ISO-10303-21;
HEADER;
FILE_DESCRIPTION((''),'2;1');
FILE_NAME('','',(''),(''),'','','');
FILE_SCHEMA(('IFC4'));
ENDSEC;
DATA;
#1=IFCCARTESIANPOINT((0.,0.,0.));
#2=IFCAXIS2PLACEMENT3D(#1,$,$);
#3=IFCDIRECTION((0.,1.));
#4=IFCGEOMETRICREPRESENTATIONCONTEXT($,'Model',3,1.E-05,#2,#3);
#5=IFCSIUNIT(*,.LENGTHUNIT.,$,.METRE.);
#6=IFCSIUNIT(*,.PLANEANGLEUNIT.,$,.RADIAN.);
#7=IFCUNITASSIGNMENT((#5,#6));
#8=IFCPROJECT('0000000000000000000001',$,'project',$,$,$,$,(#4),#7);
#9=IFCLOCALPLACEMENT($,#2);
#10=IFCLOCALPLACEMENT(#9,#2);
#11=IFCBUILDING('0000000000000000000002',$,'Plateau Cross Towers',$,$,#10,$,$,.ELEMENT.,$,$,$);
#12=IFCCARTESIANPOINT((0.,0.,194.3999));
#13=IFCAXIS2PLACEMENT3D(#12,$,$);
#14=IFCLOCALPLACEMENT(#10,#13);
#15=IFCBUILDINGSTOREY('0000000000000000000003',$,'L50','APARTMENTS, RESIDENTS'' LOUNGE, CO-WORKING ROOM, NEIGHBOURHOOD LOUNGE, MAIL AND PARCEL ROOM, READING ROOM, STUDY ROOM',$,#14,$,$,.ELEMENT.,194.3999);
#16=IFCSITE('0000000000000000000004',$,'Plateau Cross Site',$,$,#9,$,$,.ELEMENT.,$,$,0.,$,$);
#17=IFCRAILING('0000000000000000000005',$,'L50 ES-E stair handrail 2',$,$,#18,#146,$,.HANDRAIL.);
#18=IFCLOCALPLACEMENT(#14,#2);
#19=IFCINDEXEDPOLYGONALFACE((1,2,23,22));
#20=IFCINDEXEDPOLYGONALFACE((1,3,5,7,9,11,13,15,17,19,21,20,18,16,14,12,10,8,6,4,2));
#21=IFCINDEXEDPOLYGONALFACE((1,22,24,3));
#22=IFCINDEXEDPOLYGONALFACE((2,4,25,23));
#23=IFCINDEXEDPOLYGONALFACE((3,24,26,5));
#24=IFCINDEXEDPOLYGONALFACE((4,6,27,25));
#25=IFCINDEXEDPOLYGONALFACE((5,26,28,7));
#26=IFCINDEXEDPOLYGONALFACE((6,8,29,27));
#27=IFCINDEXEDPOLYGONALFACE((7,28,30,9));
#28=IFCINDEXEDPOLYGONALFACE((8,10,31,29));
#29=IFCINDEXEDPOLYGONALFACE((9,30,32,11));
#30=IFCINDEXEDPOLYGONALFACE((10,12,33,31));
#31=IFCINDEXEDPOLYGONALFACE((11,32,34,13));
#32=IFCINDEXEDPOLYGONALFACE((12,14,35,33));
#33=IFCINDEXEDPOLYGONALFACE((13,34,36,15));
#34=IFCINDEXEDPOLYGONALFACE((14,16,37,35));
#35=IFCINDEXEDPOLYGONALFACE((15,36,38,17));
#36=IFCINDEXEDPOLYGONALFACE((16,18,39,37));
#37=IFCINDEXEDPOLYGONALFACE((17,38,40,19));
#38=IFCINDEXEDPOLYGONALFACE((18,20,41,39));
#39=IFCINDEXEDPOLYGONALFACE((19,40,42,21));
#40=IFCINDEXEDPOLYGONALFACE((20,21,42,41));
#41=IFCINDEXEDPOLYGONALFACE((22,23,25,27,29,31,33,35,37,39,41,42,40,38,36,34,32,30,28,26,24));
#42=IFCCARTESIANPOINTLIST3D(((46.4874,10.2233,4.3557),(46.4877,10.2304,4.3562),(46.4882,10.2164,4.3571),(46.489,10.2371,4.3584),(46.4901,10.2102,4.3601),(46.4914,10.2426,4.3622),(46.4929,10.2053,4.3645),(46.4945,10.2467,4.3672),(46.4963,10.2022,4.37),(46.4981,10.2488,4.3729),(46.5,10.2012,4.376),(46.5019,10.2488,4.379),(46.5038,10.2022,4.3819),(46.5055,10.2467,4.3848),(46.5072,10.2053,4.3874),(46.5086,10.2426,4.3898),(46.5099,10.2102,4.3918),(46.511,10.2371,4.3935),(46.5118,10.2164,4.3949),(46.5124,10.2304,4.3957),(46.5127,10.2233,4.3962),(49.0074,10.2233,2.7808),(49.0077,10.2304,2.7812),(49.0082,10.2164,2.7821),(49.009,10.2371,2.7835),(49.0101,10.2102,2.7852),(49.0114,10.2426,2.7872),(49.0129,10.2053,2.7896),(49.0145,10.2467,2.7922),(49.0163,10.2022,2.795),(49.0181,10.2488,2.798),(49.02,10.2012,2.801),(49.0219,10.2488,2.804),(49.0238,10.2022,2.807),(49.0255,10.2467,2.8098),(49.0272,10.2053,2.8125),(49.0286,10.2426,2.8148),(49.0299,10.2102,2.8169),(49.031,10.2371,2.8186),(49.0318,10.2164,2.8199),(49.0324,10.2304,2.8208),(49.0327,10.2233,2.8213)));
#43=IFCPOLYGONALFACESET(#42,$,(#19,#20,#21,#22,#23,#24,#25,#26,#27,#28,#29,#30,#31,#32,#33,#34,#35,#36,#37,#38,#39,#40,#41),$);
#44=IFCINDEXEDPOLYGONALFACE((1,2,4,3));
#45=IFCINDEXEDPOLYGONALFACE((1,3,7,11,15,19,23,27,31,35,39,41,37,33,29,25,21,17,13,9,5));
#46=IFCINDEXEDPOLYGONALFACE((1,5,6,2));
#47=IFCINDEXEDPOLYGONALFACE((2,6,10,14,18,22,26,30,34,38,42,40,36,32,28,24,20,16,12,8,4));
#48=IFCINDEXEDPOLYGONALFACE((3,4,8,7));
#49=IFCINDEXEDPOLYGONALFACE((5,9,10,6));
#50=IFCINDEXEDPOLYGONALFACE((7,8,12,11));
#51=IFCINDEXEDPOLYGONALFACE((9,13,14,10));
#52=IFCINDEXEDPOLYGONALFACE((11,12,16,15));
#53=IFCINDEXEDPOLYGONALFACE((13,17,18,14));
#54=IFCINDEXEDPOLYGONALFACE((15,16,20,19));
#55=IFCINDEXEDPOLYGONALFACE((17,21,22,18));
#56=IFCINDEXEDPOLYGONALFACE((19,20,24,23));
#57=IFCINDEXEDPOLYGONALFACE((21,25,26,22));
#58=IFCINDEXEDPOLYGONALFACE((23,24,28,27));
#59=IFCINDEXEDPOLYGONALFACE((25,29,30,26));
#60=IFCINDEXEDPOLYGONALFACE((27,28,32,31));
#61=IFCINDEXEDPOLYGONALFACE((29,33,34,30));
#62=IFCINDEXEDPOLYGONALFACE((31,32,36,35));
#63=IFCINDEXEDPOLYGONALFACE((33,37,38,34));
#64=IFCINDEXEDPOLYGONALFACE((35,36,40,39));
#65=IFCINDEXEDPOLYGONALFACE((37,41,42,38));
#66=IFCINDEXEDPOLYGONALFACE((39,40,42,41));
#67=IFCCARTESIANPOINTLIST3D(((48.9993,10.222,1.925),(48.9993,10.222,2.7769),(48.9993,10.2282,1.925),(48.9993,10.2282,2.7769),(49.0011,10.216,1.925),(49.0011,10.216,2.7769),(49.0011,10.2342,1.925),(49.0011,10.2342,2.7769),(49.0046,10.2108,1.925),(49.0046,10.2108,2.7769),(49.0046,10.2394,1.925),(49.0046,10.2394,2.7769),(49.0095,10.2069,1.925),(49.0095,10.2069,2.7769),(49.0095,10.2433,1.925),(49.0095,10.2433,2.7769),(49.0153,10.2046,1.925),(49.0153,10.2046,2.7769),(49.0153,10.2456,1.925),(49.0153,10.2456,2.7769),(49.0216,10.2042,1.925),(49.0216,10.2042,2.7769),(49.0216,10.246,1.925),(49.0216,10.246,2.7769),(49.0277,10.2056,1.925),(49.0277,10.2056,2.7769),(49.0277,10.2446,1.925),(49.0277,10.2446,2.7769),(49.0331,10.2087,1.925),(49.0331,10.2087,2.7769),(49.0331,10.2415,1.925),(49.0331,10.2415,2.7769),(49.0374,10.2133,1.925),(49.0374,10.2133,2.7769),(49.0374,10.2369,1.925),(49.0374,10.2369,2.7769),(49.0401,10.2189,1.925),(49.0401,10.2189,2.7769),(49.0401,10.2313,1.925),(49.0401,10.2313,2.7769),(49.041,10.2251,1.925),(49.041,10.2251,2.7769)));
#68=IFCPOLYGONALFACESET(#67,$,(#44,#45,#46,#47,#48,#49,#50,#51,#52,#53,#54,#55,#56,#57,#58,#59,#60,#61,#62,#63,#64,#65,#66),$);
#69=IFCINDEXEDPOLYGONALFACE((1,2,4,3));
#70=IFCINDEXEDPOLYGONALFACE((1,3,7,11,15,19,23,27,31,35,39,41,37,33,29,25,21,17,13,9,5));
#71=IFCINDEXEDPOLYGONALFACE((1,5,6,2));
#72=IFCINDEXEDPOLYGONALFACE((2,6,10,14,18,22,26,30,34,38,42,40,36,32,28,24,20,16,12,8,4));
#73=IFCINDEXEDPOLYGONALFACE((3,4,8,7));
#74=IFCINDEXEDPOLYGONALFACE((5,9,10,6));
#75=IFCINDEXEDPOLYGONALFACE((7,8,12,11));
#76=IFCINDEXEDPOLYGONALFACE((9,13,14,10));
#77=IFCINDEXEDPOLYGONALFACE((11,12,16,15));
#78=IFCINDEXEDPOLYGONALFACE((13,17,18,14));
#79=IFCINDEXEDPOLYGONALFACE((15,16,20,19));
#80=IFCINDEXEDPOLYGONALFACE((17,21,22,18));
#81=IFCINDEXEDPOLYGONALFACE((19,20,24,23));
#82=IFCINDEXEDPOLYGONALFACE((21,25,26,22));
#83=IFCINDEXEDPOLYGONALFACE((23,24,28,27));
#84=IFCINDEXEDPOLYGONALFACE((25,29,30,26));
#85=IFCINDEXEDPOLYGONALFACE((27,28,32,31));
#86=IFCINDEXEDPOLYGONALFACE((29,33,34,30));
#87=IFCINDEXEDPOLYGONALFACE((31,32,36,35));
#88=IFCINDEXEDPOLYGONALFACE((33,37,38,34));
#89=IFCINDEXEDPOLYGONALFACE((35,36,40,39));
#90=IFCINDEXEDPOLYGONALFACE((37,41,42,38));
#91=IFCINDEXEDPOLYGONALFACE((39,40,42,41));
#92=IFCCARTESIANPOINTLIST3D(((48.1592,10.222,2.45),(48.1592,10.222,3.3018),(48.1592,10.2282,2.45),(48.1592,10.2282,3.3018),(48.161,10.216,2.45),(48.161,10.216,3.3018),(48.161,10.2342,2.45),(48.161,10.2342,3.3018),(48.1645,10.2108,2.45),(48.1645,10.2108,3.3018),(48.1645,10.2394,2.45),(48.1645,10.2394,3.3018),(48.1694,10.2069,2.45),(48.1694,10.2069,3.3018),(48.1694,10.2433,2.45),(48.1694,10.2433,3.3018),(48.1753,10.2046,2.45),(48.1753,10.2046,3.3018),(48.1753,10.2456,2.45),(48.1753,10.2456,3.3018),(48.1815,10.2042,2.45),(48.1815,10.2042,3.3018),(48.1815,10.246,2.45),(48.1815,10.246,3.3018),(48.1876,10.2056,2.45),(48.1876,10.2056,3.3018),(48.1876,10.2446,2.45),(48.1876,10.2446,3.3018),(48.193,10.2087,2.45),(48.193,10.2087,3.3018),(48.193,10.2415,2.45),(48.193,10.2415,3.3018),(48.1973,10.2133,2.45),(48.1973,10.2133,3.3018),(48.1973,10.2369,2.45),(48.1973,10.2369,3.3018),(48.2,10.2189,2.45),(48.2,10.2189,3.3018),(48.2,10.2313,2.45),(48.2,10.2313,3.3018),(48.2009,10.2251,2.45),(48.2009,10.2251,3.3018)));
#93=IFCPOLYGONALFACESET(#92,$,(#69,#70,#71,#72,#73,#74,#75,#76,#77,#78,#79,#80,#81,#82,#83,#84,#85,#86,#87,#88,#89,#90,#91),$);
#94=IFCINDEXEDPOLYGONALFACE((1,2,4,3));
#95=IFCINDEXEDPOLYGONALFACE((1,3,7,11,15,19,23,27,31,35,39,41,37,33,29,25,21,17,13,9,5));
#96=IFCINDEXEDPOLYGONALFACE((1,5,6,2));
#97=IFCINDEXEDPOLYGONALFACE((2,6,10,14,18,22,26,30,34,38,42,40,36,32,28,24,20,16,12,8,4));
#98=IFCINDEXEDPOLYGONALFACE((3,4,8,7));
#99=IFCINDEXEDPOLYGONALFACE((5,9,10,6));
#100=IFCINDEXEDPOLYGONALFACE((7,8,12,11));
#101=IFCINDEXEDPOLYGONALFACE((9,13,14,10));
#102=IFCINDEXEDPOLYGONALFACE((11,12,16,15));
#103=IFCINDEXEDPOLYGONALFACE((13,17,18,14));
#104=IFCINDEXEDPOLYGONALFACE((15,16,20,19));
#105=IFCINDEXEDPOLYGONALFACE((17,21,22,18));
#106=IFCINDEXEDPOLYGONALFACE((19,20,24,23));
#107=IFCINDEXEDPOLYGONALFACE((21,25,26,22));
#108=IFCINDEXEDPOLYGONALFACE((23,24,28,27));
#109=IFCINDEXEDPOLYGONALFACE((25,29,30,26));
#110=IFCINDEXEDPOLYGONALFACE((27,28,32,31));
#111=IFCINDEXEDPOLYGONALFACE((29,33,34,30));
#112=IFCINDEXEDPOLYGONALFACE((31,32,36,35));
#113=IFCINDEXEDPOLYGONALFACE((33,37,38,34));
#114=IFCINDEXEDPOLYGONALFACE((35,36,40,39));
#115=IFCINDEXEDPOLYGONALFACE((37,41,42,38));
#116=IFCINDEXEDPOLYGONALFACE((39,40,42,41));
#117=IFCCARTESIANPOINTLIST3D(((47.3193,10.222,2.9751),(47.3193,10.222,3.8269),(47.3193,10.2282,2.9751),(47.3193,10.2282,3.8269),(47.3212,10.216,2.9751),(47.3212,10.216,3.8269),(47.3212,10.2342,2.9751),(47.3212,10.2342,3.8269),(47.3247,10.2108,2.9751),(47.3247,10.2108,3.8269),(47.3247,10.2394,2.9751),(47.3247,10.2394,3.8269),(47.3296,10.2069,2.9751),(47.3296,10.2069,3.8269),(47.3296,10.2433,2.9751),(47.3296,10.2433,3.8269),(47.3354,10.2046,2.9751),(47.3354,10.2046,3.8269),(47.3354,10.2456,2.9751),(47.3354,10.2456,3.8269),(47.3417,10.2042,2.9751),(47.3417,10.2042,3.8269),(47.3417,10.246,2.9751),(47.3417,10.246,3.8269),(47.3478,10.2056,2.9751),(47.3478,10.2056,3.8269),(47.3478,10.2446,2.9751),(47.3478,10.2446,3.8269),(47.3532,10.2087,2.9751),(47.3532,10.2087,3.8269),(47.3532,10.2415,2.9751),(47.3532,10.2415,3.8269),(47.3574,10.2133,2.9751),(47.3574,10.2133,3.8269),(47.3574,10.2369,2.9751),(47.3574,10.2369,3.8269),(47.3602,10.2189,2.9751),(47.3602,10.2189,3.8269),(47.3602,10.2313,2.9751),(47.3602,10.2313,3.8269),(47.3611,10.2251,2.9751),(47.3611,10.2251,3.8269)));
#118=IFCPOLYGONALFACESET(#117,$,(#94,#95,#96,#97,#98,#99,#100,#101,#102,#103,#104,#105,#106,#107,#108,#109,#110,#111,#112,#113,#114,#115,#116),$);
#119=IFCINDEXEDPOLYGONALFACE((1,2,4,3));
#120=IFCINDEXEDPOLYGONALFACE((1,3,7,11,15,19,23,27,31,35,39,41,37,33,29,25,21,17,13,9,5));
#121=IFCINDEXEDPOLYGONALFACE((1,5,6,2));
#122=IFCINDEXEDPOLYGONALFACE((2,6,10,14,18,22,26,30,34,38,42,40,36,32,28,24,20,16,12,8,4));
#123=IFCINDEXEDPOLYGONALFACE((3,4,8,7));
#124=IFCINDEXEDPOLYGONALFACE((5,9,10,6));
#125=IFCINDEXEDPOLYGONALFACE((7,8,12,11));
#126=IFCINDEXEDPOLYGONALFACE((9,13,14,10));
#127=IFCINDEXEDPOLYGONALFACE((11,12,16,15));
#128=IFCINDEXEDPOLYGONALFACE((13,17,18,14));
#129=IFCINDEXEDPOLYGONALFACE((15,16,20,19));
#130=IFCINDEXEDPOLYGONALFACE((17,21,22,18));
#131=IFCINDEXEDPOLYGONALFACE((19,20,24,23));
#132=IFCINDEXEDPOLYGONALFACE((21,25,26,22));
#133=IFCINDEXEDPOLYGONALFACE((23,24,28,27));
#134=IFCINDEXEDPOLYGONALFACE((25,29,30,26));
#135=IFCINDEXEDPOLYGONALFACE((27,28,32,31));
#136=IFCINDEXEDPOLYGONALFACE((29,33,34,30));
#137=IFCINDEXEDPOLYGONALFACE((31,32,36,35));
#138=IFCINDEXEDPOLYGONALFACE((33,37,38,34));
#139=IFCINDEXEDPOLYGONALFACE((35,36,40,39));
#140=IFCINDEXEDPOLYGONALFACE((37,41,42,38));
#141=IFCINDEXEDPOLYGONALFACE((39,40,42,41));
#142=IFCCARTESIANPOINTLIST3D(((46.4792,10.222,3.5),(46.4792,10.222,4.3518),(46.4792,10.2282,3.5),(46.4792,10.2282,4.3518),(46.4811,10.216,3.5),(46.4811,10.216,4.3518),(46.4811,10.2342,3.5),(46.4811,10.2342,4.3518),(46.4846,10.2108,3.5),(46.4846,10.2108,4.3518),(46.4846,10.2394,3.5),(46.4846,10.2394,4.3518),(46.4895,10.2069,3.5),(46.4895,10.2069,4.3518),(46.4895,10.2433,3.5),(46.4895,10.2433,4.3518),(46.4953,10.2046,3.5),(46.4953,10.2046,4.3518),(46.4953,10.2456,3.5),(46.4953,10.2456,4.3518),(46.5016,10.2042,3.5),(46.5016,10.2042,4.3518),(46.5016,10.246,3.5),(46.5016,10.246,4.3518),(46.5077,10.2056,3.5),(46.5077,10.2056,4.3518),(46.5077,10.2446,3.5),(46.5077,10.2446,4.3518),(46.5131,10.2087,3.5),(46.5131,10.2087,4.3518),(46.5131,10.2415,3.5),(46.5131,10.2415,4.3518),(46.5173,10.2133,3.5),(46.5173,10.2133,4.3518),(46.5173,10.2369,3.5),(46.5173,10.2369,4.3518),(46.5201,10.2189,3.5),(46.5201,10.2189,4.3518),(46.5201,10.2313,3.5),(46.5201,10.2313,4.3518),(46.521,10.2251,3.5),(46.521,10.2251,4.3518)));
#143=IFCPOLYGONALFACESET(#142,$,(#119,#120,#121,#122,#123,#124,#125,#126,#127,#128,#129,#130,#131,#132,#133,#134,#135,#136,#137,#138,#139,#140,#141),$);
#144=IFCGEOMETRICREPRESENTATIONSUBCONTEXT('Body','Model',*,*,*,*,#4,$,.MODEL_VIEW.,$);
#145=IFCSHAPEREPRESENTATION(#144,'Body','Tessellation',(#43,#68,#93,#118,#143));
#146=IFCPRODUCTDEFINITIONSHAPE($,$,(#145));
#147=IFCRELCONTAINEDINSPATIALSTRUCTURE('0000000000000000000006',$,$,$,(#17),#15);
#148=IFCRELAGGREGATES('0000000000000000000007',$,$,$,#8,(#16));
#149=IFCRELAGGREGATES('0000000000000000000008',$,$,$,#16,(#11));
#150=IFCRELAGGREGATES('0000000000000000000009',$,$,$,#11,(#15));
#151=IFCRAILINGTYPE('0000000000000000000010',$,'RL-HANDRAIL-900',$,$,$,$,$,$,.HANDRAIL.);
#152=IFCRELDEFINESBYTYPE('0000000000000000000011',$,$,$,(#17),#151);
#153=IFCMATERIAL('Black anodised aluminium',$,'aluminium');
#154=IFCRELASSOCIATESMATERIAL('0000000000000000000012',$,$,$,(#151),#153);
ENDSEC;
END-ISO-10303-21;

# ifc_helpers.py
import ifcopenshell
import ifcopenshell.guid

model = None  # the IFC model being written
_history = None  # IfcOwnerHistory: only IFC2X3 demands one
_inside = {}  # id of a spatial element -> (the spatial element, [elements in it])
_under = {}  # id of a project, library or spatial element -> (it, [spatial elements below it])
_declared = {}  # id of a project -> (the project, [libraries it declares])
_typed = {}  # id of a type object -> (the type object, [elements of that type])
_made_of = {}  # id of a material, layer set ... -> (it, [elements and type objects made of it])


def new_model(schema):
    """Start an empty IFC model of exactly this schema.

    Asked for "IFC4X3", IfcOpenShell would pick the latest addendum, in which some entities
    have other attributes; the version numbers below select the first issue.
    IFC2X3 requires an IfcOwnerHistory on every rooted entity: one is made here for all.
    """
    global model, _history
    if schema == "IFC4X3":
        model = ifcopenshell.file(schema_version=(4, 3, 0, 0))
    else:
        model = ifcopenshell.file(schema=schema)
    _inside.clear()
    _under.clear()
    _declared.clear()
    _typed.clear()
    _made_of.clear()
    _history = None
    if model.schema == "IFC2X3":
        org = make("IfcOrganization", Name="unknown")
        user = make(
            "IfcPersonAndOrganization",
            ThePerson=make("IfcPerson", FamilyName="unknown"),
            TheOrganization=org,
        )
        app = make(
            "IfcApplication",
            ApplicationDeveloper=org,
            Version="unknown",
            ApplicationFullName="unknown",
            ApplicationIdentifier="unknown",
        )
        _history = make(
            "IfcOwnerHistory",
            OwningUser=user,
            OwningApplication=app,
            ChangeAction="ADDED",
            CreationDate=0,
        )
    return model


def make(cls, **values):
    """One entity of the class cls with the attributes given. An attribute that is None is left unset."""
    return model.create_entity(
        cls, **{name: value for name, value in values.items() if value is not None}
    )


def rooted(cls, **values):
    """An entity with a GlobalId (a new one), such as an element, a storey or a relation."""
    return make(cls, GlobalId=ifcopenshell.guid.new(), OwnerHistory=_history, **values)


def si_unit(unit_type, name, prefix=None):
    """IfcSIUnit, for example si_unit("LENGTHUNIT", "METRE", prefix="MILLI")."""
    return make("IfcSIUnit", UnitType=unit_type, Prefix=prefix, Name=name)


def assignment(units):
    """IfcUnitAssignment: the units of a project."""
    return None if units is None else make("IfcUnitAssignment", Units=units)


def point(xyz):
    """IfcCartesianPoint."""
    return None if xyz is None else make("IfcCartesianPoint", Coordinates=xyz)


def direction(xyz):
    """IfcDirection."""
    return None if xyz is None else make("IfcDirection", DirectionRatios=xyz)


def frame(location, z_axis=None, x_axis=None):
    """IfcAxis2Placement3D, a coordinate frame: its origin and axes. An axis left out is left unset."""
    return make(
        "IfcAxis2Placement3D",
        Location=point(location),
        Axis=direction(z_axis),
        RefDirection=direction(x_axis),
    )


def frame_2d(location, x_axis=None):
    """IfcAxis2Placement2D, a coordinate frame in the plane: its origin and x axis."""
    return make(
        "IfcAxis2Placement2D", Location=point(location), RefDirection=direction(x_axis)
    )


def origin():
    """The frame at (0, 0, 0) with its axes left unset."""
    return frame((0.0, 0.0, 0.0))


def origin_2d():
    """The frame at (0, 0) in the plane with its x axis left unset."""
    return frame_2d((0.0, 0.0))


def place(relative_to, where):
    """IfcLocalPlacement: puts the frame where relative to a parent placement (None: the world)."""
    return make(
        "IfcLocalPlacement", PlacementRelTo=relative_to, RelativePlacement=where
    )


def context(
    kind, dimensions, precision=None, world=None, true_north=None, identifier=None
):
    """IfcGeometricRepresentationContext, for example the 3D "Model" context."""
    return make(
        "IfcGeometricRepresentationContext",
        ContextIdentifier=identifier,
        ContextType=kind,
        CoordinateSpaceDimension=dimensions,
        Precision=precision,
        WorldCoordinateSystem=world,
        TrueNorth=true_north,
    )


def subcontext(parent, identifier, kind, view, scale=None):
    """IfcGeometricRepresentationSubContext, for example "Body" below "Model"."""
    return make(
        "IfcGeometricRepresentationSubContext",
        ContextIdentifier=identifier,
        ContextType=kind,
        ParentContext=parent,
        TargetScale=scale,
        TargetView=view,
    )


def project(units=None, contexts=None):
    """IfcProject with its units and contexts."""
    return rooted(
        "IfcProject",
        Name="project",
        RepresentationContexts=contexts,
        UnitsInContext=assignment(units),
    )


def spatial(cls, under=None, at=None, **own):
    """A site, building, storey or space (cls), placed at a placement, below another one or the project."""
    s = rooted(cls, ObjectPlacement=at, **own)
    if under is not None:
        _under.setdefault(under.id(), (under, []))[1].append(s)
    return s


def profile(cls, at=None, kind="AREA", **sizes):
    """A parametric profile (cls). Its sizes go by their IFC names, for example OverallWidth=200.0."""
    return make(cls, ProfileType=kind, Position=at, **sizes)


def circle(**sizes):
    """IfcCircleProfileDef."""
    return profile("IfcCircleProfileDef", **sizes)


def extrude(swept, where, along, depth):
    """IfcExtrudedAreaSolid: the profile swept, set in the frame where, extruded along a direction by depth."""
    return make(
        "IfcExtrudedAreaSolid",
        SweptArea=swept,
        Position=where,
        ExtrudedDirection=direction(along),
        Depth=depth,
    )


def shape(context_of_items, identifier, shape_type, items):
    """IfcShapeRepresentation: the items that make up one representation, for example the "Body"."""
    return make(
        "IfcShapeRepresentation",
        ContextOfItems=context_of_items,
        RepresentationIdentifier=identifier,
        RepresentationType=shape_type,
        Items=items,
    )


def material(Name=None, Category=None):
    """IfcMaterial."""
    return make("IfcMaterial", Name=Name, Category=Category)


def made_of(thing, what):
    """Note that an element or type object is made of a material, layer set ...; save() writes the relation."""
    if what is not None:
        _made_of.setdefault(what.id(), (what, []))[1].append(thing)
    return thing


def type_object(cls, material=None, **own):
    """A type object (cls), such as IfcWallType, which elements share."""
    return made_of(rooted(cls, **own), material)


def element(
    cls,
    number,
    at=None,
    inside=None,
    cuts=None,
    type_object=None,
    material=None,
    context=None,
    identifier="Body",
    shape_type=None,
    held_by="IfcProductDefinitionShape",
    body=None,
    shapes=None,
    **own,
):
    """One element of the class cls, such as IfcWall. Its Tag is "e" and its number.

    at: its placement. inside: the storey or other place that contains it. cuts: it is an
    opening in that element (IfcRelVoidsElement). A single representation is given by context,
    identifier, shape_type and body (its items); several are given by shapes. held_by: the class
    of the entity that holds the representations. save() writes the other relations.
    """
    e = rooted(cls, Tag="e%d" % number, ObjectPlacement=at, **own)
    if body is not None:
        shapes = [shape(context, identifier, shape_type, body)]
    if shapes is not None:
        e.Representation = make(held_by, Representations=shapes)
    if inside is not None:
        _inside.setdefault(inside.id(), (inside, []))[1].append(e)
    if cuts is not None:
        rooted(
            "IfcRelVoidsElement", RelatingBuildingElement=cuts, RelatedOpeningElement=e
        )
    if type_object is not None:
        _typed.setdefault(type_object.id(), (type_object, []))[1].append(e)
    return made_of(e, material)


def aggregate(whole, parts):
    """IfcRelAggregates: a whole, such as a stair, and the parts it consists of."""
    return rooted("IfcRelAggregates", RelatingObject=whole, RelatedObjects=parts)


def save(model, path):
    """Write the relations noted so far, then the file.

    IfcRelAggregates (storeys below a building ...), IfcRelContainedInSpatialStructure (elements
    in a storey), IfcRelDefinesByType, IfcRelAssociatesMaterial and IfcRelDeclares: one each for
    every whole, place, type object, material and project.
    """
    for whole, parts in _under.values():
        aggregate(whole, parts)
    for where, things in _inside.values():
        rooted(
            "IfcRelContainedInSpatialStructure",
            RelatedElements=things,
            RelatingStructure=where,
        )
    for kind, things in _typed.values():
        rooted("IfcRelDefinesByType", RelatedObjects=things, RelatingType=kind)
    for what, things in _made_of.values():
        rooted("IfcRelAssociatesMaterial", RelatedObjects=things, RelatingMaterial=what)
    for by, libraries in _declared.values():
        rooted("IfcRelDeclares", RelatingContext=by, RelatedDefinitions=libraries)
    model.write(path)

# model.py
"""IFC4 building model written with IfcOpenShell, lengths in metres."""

from ifc_helpers import new_model, si_unit, direction, frame, origin, origin_2d, place, context, subcontext, project, spatial, circle, extrude, material, type_object, element, save


model = new_model("IFC4")

# Units and contexts
model_context = context("Model", 3, precision=1e-05, world=origin(), true_north=direction((0.0, 1.0)))
body_context = subcontext(model_context, "Body", "Model", "MODEL_VIEW")
ifc_project = project(units=[si_unit("LENGTHUNIT", "METRE"), si_unit("PLANEANGLEUNIT", "RADIAN")], contexts=[model_context])

# Site, building, storey
site_placement = place(None, origin())
site = spatial("IfcSite", under=ifc_project, at=site_placement, Name="Plateau Cross Site", CompositionType="ELEMENT", RefElevation=0.0)
building_placement = place(site_placement, origin())
building = spatial("IfcBuilding", under=site, at=building_placement, Name="Plateau Cross Towers", CompositionType="ELEMENT")
storey_placement = place(building_placement, frame((0.0, 0.0, 194.3999)))
storey = spatial("IfcBuildingStorey", under=building, at=storey_placement, Name="L50", Description="APARTMENTS, RESIDENTS' LOUNGE, CO-WORKING ROOM, NEIGHBOURHOOD LOUNGE, MAIL AND PARCEL ROOM, READING ROOM, STUDY ROOM", CompositionType="ELEMENT", Elevation=194.3999)

# Shared definitions
ifc_material_1 = material(Name="Black anodised aluminium", Category="aluminium")

# Railing
railing_type_1 = type_object("IfcRailingType", Name="RL-HANDRAIL-900", PredefinedType="HANDRAIL", material=ifc_material_1)
railing_1_placement = place(storey_placement, frame((49.02, 10.2251, 1.925)))
element("IfcRailing", 1, at=railing_1_placement, inside=storey, type_object=railing_type_1, Name="L50 ES-E stair handrail 2", PredefinedType="HANDRAIL", context=body_context, shape_type="SweptSolid", body=[
    extrude(circle(Radius=0.0239, at=origin_2d()), frame((0.0, 0.0, 0.876), z_axis=(-0.848008, 0.0, 0.529984), x_axis=(0.0, -1.0, 0.0)), (0.0, 0.0, 1.0), 2.9717),
    extrude(circle(Radius=0.021, at=origin_2d()), origin(), (0.0, 0.0, 1.0), 0.8518),
    extrude(circle(Radius=0.021, at=origin_2d()), frame((-0.8401, 0.0, 0.5249)), (0.0, 0.0, 1.0), 0.8518),
    extrude(circle(Radius=0.021, at=origin_2d()), frame((-1.6799, 0.0, 1.05)), (0.0, 0.0, 1.0), 0.8518),
    extrude(circle(Radius=0.021, at=origin_2d()), frame((-2.52, 0.0, 1.575)), (0.0, 0.0, 1.0), 0.8518),
])

save(model, "model.ifc")
